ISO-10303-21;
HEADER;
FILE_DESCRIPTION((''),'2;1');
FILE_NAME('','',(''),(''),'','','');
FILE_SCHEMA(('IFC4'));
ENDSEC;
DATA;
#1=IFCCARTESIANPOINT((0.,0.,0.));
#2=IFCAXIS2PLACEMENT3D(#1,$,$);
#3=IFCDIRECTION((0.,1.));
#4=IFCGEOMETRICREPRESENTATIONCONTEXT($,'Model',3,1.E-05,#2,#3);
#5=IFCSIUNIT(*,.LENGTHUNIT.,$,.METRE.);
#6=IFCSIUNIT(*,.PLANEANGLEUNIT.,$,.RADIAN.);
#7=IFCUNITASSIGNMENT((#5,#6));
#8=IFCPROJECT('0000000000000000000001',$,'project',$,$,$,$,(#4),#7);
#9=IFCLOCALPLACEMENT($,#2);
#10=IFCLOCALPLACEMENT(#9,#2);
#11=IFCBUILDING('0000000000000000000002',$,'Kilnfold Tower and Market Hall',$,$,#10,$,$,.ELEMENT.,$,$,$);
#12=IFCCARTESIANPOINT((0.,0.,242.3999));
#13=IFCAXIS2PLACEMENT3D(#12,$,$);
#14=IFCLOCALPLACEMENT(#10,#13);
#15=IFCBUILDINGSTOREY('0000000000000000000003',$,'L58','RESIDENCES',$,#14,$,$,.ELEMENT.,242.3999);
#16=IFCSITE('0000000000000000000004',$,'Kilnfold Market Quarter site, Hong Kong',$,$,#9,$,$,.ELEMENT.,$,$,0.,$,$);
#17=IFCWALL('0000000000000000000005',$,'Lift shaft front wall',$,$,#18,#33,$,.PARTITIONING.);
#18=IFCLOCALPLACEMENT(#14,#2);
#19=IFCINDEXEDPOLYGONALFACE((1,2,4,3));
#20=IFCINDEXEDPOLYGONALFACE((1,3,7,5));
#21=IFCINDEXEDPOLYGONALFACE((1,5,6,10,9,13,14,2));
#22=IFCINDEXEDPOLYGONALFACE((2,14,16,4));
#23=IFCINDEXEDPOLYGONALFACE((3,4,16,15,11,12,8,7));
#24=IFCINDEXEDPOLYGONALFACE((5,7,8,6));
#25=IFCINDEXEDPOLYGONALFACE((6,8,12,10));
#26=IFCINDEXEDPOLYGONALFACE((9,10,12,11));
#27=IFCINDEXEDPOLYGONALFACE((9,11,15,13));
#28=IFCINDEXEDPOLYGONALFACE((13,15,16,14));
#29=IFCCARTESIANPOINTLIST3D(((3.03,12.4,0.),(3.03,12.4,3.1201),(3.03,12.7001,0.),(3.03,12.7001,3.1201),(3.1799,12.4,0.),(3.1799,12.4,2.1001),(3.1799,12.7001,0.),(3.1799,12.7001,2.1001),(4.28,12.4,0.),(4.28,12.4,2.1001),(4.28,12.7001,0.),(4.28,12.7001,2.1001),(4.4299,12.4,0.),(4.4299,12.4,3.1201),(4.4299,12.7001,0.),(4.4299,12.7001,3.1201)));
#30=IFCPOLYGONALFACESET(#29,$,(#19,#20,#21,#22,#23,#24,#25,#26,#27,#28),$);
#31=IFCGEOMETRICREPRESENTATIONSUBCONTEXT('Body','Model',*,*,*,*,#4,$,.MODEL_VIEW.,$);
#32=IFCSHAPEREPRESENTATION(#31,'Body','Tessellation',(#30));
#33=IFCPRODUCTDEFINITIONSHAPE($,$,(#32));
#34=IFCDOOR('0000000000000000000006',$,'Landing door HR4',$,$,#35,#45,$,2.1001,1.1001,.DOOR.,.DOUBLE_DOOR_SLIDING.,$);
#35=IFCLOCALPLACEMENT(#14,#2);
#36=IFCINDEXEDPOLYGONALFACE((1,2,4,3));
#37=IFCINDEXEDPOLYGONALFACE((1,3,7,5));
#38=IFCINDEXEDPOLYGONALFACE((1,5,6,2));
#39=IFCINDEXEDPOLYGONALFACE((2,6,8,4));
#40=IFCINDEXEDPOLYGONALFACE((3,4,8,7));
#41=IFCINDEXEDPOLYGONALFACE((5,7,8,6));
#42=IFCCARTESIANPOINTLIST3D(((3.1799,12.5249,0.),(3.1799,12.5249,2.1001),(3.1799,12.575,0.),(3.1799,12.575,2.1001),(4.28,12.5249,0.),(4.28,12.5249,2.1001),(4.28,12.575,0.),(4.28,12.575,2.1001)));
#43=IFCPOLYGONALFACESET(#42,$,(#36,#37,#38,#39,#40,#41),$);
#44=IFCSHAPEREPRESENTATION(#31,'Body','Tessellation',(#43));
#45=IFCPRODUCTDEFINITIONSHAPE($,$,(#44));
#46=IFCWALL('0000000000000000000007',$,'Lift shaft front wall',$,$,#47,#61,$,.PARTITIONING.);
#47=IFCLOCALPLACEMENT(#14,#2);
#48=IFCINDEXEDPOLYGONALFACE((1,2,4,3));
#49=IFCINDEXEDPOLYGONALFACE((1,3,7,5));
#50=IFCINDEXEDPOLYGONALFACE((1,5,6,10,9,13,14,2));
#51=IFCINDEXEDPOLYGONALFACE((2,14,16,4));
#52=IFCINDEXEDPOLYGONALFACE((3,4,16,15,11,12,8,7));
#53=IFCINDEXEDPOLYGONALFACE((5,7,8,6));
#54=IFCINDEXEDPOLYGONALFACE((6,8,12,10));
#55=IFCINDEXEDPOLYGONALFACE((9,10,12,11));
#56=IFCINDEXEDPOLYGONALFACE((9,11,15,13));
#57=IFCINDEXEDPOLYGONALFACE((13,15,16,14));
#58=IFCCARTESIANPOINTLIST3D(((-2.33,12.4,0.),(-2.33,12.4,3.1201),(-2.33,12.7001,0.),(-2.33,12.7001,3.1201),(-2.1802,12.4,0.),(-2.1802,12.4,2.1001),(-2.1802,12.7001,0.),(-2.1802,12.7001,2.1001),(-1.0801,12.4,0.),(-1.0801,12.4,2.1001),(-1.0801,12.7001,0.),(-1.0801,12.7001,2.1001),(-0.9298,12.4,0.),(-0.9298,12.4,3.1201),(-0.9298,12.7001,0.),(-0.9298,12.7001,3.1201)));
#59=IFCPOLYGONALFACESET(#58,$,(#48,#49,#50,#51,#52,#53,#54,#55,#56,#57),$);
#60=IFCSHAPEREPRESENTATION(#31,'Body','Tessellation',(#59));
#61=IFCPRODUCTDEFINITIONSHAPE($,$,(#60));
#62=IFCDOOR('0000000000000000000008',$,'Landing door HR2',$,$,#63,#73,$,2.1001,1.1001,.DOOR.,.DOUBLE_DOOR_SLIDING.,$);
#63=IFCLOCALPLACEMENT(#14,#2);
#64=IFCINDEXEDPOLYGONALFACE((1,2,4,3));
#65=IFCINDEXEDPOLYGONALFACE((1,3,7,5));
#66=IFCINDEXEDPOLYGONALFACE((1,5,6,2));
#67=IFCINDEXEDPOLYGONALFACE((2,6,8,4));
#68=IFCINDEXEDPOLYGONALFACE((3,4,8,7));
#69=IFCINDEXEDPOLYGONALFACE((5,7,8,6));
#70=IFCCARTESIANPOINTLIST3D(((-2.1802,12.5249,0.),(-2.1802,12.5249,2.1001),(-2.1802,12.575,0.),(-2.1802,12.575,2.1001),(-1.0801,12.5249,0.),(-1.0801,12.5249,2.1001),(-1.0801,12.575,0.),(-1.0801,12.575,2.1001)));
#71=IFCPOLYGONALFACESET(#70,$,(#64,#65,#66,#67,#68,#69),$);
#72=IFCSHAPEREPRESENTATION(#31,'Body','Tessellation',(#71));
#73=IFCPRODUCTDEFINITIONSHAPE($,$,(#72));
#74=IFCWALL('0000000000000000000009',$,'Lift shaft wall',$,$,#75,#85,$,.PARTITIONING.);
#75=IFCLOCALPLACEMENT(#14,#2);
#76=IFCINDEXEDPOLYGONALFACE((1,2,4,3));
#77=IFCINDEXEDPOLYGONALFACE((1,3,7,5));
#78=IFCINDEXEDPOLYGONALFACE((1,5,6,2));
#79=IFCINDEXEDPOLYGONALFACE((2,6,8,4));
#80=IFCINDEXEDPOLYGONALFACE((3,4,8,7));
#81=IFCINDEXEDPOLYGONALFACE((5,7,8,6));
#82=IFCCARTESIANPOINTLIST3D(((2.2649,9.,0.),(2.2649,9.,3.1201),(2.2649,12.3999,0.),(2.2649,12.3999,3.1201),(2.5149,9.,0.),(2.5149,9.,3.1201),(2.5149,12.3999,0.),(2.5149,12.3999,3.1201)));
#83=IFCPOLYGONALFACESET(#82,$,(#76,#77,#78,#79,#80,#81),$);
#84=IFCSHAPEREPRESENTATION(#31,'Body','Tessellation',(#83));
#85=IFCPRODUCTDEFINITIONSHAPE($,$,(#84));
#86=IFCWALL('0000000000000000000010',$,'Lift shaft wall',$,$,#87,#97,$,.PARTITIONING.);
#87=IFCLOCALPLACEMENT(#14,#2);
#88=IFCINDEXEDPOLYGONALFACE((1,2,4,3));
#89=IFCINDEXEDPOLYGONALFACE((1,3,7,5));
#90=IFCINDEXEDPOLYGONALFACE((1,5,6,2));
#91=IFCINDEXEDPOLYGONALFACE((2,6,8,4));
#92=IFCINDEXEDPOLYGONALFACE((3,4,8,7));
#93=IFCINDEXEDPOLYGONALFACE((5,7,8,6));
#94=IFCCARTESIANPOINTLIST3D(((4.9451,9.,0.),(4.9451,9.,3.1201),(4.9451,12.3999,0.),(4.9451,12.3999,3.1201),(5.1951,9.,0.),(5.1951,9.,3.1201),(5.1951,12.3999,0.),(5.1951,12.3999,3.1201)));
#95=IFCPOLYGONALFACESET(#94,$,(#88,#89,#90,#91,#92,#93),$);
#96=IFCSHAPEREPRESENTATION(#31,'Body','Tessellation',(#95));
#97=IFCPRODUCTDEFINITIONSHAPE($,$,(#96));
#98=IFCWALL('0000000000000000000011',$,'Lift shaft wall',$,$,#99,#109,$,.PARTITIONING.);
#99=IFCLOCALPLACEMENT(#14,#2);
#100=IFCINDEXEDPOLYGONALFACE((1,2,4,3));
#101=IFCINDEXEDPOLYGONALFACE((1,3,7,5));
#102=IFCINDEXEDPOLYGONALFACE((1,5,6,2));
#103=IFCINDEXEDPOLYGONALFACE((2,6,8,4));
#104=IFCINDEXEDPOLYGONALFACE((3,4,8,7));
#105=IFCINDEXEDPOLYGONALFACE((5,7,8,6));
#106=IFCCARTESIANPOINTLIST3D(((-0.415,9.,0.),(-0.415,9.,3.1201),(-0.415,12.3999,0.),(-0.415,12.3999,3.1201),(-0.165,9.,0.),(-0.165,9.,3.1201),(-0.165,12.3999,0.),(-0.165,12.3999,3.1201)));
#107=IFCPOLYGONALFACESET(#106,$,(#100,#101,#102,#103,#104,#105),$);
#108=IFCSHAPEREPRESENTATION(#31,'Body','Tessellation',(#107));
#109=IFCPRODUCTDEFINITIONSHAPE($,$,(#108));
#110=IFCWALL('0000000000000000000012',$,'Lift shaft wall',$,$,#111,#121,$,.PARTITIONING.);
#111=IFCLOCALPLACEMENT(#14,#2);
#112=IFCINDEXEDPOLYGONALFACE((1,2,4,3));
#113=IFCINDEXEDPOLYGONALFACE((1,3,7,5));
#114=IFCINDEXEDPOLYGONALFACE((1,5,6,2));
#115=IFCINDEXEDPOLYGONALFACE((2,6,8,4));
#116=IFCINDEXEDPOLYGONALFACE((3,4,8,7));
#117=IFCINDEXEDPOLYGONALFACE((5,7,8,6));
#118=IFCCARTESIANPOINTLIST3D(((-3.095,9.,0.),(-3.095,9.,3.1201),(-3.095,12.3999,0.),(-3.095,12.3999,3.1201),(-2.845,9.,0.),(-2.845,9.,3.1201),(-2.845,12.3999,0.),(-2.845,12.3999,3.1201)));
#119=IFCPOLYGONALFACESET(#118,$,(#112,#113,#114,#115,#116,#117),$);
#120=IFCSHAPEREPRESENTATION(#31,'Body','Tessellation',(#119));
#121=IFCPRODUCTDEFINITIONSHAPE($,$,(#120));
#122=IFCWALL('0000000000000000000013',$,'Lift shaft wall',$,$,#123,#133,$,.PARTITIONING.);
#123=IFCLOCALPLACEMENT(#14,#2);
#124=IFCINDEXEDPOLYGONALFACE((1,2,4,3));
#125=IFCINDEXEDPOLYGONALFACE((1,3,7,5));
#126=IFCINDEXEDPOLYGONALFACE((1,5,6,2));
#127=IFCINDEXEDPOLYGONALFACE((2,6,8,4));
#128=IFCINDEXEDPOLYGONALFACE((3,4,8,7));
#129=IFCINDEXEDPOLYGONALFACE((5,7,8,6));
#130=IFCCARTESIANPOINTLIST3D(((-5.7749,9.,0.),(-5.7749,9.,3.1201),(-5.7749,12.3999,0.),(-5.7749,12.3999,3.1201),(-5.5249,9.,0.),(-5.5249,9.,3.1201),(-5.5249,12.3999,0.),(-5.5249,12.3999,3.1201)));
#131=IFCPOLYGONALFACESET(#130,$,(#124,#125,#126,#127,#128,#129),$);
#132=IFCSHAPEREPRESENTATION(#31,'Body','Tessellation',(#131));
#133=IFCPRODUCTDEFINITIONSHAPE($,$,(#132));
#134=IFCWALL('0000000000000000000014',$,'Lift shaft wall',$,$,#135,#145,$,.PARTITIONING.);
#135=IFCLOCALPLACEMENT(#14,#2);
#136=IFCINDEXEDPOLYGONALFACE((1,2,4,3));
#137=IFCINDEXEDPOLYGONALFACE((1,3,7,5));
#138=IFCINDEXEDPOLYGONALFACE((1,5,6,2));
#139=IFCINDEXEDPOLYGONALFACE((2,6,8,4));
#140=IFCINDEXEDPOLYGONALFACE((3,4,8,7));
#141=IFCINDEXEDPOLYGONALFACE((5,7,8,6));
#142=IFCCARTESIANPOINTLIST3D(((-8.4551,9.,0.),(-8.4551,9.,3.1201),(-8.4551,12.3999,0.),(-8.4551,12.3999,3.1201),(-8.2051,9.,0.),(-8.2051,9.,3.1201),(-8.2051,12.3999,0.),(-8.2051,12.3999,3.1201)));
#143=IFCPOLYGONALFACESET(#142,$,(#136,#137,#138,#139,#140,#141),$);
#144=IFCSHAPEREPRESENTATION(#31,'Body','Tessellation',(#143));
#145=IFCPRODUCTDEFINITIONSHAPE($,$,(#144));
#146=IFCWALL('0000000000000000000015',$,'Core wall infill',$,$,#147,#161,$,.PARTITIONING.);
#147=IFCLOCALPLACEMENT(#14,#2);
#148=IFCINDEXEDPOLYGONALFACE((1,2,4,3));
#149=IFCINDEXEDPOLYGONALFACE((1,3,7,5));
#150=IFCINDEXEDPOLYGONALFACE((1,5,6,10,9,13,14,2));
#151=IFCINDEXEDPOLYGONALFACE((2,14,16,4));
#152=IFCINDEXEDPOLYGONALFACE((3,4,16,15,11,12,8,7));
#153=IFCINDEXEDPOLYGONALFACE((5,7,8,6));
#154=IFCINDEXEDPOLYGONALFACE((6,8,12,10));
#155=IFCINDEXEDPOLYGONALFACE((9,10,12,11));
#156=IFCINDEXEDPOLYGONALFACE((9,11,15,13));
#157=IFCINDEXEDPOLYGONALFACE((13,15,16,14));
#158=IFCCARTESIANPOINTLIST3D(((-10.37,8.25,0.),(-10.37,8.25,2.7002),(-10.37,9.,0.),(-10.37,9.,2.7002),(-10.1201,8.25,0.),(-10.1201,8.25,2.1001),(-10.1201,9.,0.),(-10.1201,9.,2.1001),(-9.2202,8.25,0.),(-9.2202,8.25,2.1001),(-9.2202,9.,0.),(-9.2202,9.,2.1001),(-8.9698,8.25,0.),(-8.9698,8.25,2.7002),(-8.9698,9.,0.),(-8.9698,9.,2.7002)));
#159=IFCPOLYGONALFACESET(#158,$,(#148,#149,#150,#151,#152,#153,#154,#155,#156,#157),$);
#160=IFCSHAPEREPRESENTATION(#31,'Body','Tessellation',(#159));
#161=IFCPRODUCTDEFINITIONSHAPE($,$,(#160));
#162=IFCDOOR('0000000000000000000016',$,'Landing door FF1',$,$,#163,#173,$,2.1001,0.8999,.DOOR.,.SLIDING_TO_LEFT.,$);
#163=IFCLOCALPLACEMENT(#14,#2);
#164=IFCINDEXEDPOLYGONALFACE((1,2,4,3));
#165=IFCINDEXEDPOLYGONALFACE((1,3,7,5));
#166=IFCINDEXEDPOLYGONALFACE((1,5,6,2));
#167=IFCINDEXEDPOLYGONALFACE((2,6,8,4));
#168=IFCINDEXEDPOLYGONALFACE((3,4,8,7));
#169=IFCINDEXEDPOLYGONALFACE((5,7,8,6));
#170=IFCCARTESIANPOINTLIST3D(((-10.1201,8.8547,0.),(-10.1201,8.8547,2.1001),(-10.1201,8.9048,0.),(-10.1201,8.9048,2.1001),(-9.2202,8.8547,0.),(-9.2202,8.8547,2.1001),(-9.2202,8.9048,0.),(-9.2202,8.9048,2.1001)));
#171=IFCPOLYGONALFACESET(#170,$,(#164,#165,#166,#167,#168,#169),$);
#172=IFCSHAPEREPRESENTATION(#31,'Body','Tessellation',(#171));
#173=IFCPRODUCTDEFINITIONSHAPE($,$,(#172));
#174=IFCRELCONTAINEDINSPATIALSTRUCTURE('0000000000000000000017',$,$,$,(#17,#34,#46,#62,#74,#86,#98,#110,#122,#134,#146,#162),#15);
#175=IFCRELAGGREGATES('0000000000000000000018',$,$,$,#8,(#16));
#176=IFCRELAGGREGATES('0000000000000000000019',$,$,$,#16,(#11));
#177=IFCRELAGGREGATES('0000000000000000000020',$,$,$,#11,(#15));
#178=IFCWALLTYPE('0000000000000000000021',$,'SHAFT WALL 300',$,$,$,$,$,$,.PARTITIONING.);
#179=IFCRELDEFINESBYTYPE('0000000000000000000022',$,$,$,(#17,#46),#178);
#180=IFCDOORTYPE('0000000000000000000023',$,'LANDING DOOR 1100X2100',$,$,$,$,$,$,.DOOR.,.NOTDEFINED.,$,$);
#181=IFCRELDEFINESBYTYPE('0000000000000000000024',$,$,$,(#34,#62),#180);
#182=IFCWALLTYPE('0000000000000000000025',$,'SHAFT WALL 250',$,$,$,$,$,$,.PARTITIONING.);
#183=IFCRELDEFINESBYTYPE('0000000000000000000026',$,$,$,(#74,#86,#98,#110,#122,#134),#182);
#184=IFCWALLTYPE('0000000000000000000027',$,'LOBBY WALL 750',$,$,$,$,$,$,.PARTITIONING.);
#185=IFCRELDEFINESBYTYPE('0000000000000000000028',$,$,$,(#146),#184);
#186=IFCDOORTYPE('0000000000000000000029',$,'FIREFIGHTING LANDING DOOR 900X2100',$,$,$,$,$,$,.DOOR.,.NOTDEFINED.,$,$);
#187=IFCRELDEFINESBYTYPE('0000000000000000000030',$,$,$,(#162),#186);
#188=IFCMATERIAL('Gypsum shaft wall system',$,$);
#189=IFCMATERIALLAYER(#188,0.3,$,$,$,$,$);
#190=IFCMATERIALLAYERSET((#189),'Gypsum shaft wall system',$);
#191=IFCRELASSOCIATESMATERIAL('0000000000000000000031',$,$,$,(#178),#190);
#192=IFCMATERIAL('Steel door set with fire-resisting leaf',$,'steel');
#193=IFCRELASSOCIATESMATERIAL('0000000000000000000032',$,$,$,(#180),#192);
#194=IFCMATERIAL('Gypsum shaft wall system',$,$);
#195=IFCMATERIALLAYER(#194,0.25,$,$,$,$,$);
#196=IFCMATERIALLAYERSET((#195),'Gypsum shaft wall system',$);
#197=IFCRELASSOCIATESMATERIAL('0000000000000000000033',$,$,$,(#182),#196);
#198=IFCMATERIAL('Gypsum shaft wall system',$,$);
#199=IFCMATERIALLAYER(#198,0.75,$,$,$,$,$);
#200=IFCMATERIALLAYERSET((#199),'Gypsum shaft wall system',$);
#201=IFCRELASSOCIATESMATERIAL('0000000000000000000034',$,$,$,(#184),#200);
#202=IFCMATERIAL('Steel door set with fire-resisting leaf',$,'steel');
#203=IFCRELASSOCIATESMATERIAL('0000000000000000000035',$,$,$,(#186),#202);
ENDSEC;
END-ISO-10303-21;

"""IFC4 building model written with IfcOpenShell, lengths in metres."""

from ifc_helpers import new_model, si_unit, direction, frame, frame_2d, origin, place, context, subcontext, project, spatial, rectangle, extrude, source, transform, mapped, material, layer, layer_set, type_object, element, fill, save


model = new_model("IFC4")

# Units and contexts
model_context = context("Model", 3, precision=1e-05, world=origin(), true_north=direction((0.0, 1.0)))
body_context = subcontext(model_context, "Body", "Model", "MODEL_VIEW")
ifc_project = project(units=[si_unit("LENGTHUNIT", "METRE"), si_unit("PLANEANGLEUNIT", "RADIAN")], contexts=[model_context])

# Site, building, storey
site_placement = place(None, origin())
site = spatial("IfcSite", under=ifc_project, at=site_placement, Name="Kilnfold Market Quarter site, Hong Kong", CompositionType="ELEMENT", RefElevation=0.0)
building_placement = place(site_placement, origin())
building = spatial("IfcBuilding", under=site, at=building_placement, Name="Kilnfold Tower and Market Hall", CompositionType="ELEMENT")
storey_placement = place(building_placement, frame((0.0, 0.0, 242.3999)))
storey = spatial("IfcBuildingStorey", under=building, at=storey_placement, Name="L58", Description="RESIDENCES", CompositionType="ELEMENT", Elevation=242.3999)

# Walls, openings, doors
ifc_material_1 = material(Name="Gypsum shaft wall system")
ifc_layer_1 = layer(ifc_material_1, 0.3)
ifc_layer_set_1 = layer_set([ifc_layer_1], Name="Gypsum shaft wall system")
wall_type_1 = type_object("IfcWallType", Name="SHAFT WALL 300", PredefinedType="PARTITIONING", material=ifc_layer_set_1)
shared_shape_1 = source(origin(), body_context, "Body", "SweptSolid", [
    extrude(rectangle(XDim=1.3999, YDim=0.3, at=frame_2d((0.7, 0.0))), origin(), (0.0, 0.0, 1.0), 3.1201),
])
ifc_material_2 = material(Name="Steel door set with fire-resisting leaf", Category="steel")
door_type_1 = type_object("IfcDoorType", Name="LANDING DOOR 1100X2100", OperationType="NOTDEFINED", PredefinedType="DOOR", material=ifc_material_2)
wall_1_placement = place(storey_placement, frame((3.03, 12.55, 0.0), z_axis=(0.0, 0.0, 1.0), x_axis=(1.0, 0.0, 0.0)))
wall_1 = element("IfcWall", 1, at=wall_1_placement, inside=storey, type_object=wall_type_1, Name="Lift shaft front wall", PredefinedType="PARTITIONING", context=body_context, shape_type="MappedRepresentation", body=[
    mapped(shared_shape_1, transform((0.0, 0.0, 0.0))),
])
opening_1_placement = place(wall_1_placement, frame((0.1499, 0.0, 0.0)))
opening_1 = element("IfcOpeningElement", 2, at=opening_1_placement, cuts=wall_1, PredefinedType="OPENING", context=body_context, shape_type="SweptSolid", body=[
    extrude(rectangle(XDim=1.1001, YDim=2.1001, at=frame_2d((0.55, 1.05))), frame((0.0, 0.1602, 0.0), z_axis=(0.0, -1.0, 0.0), x_axis=(1.0, 0.0, 0.0)), (0.0, 0.0, 1.0), 0.3201),
])
door_1_placement = place(opening_1_placement, origin())
door_1 = element("IfcDoor", 3, at=door_1_placement, inside=storey, type_object=door_type_1, Name="Landing door HR4", OperationType="DOUBLE_DOOR_SLIDING", OverallHeight=2.1001, OverallWidth=1.1001, PredefinedType="DOOR", context=body_context, shape_type="SweptSolid", body=[
    extrude(rectangle(XDim=1.1001, YDim=2.1001, at=frame_2d((0.55, 1.05))), frame((0.0, 0.0249, 0.0), z_axis=(0.0, -1.0, 0.0), x_axis=(1.0, 0.0, 0.0)), (0.0, 0.0, 1.0), 0.05),
])
fill(opening_1, door_1)
shared_shape_2 = source(origin(), body_context, "Body", "SweptSolid", [
    extrude(rectangle(XDim=1.4001, YDim=0.3, at=frame_2d((0.7002, 0.0))), origin(), (0.0, 0.0, 1.0), 3.1201),
])
wall_2_placement = place(storey_placement, frame((-2.3301, 12.55, 0.0), z_axis=(0.0, 0.0, 1.0), x_axis=(1.0, 0.0, 0.0)))
wall_2 = element("IfcWall", 4, at=wall_2_placement, inside=storey, type_object=wall_type_1, Name="Lift shaft front wall", PredefinedType="PARTITIONING", context=body_context, shape_type="MappedRepresentation", body=[
    mapped(shared_shape_2, transform((0.0, 0.0, 0.0))),
])
opening_2_placement = place(wall_2_placement, frame((0.1499, 0.0, 0.0)))
opening_2 = element("IfcOpeningElement", 5, at=opening_2_placement, cuts=wall_2, PredefinedType="OPENING", context=body_context, shape_type="SweptSolid", body=[
    extrude(rectangle(XDim=1.1001, YDim=2.1001, at=frame_2d((0.55, 1.05))), frame((0.0, 0.1602, 0.0), z_axis=(0.0, -1.0, 0.0), x_axis=(1.0, 0.0, 0.0)), (0.0, 0.0, 1.0), 0.3201),
])
door_2_placement = place(opening_2_placement, origin())
door_2 = element("IfcDoor", 6, at=door_2_placement, inside=storey, type_object=door_type_1, Name="Landing door HR2", OperationType="DOUBLE_DOOR_SLIDING", OverallHeight=2.1001, OverallWidth=1.1001, PredefinedType="DOOR", context=body_context, shape_type="SweptSolid", body=[
    extrude(rectangle(XDim=1.1001, YDim=2.1001, at=frame_2d((0.55, 1.05))), frame((0.0, 0.0249, 0.0), z_axis=(0.0, -1.0, 0.0), x_axis=(1.0, 0.0, 0.0)), (0.0, 0.0, 1.0), 0.05),
])
fill(opening_2, door_2)

# Walls
ifc_material_3 = material(Name="Gypsum shaft wall system")
ifc_layer_2 = layer(ifc_material_3, 0.25)
ifc_layer_set_2 = layer_set([ifc_layer_2], Name="Gypsum shaft wall system")
wall_type_2 = type_object("IfcWallType", Name="SHAFT WALL 250", PredefinedType="PARTITIONING", material=ifc_layer_set_2)
shared_shape_3 = source(origin(), body_context, "Body", "SweptSolid", [
    extrude(rectangle(XDim=3.3999, YDim=0.25, at=frame_2d((1.7, 0.0))), origin(), (0.0, 0.0, 1.0), 3.1201),
])
for number, where, z_axis, x_axis, name in (
    (7, (2.3899, 9.0, 0.0), (0.0, 0.0, 1.0), (0.0, 1.0, 0.0), "Lift shaft wall"),
    (8, (5.0701, 9.0, 0.0), (0.0, 0.0, 1.0), (0.0, 1.0, 0.0), "Lift shaft wall"),
    (9, (-0.29, 9.0, 0.0), (0.0, 0.0, 1.0), (0.0, 1.0, 0.0), "Lift shaft wall"),
    (10, (-2.97, 9.0, 0.0), (0.0, 0.0, 1.0), (0.0, 1.0, 0.0), "Lift shaft wall"),
    (11, (-5.6499, 9.0, 0.0), (0.0, 0.0, 1.0), (0.0, 1.0, 0.0), "Lift shaft wall"),
    (12, (-8.3301, 9.0, 0.0), (0.0, 0.0, 1.0), (0.0, 1.0, 0.0), "Lift shaft wall"),
):
    element("IfcWall", number, at=place(storey_placement, frame(where, z_axis=z_axis, x_axis=x_axis)), inside=storey, type_object=wall_type_2, Name=name, PredefinedType="PARTITIONING", context=body_context, shape_type="MappedRepresentation", body=[
        mapped(shared_shape_3, transform((0.0, 0.0, 0.0))),
    ])

# Wall, opening, door
ifc_material_4 = material(Name="Gypsum shaft wall system")
ifc_layer_3 = layer(ifc_material_4, 0.75)
ifc_layer_set_3 = layer_set([ifc_layer_3], Name="Gypsum shaft wall system")
wall_type_3 = type_object("IfcWallType", Name="LOBBY WALL 750", PredefinedType="PARTITIONING", material=ifc_layer_set_3)
shared_shape_4 = source(origin(), body_context, "Body", "SweptSolid", [
    extrude(rectangle(XDim=1.4001, YDim=0.75, at=frame_2d((0.7002, 0.0))), origin(), (0.0, 0.0, 1.0), 2.7002),
])
wall_3_placement = place(storey_placement, frame((-10.3701, 8.625, 0.0), z_axis=(0.0, 0.0, 1.0), x_axis=(1.0, 0.0, 0.0)))
wall_3 = element("IfcWall", 13, at=wall_3_placement, inside=storey, type_object=wall_type_3, Name="Core wall infill", PredefinedType="PARTITIONING", context=body_context, shape_type="MappedRepresentation", body=[
    mapped(shared_shape_4, transform((0.0, 0.0, 0.0))),
])
opening_3_placement = place(wall_3_placement, frame((0.25, 0.0, 0.0)))
opening_3 = element("IfcOpeningElement", 14, at=opening_3_placement, cuts=wall_3, PredefinedType="OPENING", context=body_context, shape_type="SweptSolid", body=[
    extrude(rectangle(XDim=0.8999, YDim=2.1001, at=frame_2d((0.45, 1.05))), frame((0.0, 0.385, 0.0), z_axis=(0.0, -1.0, 0.0), x_axis=(1.0, 0.0, 0.0)), (0.0, 0.0, 1.0), 0.77),
])
ifc_material_5 = material(Name="Steel door set with fire-resisting leaf", Category="steel")
door_type_2 = type_object("IfcDoorType", Name="FIREFIGHTING LANDING DOOR 900X2100", OperationType="NOTDEFINED", PredefinedType="DOOR", material=ifc_material_5)
door_3_placement = place(opening_3_placement, origin())
door_3 = element("IfcDoor", 15, at=door_3_placement, inside=storey, type_object=door_type_2, Name="Landing door FF1", OperationType="SLIDING_TO_LEFT", OverallHeight=2.1001, OverallWidth=0.8999, PredefinedType="DOOR", context=body_context, shape_type="SweptSolid", body=[
    extrude(rectangle(XDim=0.8999, YDim=2.1001, at=frame_2d((0.45, 1.05))), frame((0.0, 0.2798, 0.0), z_axis=(0.0, -1.0, 0.0), x_axis=(1.0, 0.0, 0.0)), (0.0, 0.0, 1.0), 0.05),
])
fill(opening_3, door_3)

save(model, "model.ifc")
